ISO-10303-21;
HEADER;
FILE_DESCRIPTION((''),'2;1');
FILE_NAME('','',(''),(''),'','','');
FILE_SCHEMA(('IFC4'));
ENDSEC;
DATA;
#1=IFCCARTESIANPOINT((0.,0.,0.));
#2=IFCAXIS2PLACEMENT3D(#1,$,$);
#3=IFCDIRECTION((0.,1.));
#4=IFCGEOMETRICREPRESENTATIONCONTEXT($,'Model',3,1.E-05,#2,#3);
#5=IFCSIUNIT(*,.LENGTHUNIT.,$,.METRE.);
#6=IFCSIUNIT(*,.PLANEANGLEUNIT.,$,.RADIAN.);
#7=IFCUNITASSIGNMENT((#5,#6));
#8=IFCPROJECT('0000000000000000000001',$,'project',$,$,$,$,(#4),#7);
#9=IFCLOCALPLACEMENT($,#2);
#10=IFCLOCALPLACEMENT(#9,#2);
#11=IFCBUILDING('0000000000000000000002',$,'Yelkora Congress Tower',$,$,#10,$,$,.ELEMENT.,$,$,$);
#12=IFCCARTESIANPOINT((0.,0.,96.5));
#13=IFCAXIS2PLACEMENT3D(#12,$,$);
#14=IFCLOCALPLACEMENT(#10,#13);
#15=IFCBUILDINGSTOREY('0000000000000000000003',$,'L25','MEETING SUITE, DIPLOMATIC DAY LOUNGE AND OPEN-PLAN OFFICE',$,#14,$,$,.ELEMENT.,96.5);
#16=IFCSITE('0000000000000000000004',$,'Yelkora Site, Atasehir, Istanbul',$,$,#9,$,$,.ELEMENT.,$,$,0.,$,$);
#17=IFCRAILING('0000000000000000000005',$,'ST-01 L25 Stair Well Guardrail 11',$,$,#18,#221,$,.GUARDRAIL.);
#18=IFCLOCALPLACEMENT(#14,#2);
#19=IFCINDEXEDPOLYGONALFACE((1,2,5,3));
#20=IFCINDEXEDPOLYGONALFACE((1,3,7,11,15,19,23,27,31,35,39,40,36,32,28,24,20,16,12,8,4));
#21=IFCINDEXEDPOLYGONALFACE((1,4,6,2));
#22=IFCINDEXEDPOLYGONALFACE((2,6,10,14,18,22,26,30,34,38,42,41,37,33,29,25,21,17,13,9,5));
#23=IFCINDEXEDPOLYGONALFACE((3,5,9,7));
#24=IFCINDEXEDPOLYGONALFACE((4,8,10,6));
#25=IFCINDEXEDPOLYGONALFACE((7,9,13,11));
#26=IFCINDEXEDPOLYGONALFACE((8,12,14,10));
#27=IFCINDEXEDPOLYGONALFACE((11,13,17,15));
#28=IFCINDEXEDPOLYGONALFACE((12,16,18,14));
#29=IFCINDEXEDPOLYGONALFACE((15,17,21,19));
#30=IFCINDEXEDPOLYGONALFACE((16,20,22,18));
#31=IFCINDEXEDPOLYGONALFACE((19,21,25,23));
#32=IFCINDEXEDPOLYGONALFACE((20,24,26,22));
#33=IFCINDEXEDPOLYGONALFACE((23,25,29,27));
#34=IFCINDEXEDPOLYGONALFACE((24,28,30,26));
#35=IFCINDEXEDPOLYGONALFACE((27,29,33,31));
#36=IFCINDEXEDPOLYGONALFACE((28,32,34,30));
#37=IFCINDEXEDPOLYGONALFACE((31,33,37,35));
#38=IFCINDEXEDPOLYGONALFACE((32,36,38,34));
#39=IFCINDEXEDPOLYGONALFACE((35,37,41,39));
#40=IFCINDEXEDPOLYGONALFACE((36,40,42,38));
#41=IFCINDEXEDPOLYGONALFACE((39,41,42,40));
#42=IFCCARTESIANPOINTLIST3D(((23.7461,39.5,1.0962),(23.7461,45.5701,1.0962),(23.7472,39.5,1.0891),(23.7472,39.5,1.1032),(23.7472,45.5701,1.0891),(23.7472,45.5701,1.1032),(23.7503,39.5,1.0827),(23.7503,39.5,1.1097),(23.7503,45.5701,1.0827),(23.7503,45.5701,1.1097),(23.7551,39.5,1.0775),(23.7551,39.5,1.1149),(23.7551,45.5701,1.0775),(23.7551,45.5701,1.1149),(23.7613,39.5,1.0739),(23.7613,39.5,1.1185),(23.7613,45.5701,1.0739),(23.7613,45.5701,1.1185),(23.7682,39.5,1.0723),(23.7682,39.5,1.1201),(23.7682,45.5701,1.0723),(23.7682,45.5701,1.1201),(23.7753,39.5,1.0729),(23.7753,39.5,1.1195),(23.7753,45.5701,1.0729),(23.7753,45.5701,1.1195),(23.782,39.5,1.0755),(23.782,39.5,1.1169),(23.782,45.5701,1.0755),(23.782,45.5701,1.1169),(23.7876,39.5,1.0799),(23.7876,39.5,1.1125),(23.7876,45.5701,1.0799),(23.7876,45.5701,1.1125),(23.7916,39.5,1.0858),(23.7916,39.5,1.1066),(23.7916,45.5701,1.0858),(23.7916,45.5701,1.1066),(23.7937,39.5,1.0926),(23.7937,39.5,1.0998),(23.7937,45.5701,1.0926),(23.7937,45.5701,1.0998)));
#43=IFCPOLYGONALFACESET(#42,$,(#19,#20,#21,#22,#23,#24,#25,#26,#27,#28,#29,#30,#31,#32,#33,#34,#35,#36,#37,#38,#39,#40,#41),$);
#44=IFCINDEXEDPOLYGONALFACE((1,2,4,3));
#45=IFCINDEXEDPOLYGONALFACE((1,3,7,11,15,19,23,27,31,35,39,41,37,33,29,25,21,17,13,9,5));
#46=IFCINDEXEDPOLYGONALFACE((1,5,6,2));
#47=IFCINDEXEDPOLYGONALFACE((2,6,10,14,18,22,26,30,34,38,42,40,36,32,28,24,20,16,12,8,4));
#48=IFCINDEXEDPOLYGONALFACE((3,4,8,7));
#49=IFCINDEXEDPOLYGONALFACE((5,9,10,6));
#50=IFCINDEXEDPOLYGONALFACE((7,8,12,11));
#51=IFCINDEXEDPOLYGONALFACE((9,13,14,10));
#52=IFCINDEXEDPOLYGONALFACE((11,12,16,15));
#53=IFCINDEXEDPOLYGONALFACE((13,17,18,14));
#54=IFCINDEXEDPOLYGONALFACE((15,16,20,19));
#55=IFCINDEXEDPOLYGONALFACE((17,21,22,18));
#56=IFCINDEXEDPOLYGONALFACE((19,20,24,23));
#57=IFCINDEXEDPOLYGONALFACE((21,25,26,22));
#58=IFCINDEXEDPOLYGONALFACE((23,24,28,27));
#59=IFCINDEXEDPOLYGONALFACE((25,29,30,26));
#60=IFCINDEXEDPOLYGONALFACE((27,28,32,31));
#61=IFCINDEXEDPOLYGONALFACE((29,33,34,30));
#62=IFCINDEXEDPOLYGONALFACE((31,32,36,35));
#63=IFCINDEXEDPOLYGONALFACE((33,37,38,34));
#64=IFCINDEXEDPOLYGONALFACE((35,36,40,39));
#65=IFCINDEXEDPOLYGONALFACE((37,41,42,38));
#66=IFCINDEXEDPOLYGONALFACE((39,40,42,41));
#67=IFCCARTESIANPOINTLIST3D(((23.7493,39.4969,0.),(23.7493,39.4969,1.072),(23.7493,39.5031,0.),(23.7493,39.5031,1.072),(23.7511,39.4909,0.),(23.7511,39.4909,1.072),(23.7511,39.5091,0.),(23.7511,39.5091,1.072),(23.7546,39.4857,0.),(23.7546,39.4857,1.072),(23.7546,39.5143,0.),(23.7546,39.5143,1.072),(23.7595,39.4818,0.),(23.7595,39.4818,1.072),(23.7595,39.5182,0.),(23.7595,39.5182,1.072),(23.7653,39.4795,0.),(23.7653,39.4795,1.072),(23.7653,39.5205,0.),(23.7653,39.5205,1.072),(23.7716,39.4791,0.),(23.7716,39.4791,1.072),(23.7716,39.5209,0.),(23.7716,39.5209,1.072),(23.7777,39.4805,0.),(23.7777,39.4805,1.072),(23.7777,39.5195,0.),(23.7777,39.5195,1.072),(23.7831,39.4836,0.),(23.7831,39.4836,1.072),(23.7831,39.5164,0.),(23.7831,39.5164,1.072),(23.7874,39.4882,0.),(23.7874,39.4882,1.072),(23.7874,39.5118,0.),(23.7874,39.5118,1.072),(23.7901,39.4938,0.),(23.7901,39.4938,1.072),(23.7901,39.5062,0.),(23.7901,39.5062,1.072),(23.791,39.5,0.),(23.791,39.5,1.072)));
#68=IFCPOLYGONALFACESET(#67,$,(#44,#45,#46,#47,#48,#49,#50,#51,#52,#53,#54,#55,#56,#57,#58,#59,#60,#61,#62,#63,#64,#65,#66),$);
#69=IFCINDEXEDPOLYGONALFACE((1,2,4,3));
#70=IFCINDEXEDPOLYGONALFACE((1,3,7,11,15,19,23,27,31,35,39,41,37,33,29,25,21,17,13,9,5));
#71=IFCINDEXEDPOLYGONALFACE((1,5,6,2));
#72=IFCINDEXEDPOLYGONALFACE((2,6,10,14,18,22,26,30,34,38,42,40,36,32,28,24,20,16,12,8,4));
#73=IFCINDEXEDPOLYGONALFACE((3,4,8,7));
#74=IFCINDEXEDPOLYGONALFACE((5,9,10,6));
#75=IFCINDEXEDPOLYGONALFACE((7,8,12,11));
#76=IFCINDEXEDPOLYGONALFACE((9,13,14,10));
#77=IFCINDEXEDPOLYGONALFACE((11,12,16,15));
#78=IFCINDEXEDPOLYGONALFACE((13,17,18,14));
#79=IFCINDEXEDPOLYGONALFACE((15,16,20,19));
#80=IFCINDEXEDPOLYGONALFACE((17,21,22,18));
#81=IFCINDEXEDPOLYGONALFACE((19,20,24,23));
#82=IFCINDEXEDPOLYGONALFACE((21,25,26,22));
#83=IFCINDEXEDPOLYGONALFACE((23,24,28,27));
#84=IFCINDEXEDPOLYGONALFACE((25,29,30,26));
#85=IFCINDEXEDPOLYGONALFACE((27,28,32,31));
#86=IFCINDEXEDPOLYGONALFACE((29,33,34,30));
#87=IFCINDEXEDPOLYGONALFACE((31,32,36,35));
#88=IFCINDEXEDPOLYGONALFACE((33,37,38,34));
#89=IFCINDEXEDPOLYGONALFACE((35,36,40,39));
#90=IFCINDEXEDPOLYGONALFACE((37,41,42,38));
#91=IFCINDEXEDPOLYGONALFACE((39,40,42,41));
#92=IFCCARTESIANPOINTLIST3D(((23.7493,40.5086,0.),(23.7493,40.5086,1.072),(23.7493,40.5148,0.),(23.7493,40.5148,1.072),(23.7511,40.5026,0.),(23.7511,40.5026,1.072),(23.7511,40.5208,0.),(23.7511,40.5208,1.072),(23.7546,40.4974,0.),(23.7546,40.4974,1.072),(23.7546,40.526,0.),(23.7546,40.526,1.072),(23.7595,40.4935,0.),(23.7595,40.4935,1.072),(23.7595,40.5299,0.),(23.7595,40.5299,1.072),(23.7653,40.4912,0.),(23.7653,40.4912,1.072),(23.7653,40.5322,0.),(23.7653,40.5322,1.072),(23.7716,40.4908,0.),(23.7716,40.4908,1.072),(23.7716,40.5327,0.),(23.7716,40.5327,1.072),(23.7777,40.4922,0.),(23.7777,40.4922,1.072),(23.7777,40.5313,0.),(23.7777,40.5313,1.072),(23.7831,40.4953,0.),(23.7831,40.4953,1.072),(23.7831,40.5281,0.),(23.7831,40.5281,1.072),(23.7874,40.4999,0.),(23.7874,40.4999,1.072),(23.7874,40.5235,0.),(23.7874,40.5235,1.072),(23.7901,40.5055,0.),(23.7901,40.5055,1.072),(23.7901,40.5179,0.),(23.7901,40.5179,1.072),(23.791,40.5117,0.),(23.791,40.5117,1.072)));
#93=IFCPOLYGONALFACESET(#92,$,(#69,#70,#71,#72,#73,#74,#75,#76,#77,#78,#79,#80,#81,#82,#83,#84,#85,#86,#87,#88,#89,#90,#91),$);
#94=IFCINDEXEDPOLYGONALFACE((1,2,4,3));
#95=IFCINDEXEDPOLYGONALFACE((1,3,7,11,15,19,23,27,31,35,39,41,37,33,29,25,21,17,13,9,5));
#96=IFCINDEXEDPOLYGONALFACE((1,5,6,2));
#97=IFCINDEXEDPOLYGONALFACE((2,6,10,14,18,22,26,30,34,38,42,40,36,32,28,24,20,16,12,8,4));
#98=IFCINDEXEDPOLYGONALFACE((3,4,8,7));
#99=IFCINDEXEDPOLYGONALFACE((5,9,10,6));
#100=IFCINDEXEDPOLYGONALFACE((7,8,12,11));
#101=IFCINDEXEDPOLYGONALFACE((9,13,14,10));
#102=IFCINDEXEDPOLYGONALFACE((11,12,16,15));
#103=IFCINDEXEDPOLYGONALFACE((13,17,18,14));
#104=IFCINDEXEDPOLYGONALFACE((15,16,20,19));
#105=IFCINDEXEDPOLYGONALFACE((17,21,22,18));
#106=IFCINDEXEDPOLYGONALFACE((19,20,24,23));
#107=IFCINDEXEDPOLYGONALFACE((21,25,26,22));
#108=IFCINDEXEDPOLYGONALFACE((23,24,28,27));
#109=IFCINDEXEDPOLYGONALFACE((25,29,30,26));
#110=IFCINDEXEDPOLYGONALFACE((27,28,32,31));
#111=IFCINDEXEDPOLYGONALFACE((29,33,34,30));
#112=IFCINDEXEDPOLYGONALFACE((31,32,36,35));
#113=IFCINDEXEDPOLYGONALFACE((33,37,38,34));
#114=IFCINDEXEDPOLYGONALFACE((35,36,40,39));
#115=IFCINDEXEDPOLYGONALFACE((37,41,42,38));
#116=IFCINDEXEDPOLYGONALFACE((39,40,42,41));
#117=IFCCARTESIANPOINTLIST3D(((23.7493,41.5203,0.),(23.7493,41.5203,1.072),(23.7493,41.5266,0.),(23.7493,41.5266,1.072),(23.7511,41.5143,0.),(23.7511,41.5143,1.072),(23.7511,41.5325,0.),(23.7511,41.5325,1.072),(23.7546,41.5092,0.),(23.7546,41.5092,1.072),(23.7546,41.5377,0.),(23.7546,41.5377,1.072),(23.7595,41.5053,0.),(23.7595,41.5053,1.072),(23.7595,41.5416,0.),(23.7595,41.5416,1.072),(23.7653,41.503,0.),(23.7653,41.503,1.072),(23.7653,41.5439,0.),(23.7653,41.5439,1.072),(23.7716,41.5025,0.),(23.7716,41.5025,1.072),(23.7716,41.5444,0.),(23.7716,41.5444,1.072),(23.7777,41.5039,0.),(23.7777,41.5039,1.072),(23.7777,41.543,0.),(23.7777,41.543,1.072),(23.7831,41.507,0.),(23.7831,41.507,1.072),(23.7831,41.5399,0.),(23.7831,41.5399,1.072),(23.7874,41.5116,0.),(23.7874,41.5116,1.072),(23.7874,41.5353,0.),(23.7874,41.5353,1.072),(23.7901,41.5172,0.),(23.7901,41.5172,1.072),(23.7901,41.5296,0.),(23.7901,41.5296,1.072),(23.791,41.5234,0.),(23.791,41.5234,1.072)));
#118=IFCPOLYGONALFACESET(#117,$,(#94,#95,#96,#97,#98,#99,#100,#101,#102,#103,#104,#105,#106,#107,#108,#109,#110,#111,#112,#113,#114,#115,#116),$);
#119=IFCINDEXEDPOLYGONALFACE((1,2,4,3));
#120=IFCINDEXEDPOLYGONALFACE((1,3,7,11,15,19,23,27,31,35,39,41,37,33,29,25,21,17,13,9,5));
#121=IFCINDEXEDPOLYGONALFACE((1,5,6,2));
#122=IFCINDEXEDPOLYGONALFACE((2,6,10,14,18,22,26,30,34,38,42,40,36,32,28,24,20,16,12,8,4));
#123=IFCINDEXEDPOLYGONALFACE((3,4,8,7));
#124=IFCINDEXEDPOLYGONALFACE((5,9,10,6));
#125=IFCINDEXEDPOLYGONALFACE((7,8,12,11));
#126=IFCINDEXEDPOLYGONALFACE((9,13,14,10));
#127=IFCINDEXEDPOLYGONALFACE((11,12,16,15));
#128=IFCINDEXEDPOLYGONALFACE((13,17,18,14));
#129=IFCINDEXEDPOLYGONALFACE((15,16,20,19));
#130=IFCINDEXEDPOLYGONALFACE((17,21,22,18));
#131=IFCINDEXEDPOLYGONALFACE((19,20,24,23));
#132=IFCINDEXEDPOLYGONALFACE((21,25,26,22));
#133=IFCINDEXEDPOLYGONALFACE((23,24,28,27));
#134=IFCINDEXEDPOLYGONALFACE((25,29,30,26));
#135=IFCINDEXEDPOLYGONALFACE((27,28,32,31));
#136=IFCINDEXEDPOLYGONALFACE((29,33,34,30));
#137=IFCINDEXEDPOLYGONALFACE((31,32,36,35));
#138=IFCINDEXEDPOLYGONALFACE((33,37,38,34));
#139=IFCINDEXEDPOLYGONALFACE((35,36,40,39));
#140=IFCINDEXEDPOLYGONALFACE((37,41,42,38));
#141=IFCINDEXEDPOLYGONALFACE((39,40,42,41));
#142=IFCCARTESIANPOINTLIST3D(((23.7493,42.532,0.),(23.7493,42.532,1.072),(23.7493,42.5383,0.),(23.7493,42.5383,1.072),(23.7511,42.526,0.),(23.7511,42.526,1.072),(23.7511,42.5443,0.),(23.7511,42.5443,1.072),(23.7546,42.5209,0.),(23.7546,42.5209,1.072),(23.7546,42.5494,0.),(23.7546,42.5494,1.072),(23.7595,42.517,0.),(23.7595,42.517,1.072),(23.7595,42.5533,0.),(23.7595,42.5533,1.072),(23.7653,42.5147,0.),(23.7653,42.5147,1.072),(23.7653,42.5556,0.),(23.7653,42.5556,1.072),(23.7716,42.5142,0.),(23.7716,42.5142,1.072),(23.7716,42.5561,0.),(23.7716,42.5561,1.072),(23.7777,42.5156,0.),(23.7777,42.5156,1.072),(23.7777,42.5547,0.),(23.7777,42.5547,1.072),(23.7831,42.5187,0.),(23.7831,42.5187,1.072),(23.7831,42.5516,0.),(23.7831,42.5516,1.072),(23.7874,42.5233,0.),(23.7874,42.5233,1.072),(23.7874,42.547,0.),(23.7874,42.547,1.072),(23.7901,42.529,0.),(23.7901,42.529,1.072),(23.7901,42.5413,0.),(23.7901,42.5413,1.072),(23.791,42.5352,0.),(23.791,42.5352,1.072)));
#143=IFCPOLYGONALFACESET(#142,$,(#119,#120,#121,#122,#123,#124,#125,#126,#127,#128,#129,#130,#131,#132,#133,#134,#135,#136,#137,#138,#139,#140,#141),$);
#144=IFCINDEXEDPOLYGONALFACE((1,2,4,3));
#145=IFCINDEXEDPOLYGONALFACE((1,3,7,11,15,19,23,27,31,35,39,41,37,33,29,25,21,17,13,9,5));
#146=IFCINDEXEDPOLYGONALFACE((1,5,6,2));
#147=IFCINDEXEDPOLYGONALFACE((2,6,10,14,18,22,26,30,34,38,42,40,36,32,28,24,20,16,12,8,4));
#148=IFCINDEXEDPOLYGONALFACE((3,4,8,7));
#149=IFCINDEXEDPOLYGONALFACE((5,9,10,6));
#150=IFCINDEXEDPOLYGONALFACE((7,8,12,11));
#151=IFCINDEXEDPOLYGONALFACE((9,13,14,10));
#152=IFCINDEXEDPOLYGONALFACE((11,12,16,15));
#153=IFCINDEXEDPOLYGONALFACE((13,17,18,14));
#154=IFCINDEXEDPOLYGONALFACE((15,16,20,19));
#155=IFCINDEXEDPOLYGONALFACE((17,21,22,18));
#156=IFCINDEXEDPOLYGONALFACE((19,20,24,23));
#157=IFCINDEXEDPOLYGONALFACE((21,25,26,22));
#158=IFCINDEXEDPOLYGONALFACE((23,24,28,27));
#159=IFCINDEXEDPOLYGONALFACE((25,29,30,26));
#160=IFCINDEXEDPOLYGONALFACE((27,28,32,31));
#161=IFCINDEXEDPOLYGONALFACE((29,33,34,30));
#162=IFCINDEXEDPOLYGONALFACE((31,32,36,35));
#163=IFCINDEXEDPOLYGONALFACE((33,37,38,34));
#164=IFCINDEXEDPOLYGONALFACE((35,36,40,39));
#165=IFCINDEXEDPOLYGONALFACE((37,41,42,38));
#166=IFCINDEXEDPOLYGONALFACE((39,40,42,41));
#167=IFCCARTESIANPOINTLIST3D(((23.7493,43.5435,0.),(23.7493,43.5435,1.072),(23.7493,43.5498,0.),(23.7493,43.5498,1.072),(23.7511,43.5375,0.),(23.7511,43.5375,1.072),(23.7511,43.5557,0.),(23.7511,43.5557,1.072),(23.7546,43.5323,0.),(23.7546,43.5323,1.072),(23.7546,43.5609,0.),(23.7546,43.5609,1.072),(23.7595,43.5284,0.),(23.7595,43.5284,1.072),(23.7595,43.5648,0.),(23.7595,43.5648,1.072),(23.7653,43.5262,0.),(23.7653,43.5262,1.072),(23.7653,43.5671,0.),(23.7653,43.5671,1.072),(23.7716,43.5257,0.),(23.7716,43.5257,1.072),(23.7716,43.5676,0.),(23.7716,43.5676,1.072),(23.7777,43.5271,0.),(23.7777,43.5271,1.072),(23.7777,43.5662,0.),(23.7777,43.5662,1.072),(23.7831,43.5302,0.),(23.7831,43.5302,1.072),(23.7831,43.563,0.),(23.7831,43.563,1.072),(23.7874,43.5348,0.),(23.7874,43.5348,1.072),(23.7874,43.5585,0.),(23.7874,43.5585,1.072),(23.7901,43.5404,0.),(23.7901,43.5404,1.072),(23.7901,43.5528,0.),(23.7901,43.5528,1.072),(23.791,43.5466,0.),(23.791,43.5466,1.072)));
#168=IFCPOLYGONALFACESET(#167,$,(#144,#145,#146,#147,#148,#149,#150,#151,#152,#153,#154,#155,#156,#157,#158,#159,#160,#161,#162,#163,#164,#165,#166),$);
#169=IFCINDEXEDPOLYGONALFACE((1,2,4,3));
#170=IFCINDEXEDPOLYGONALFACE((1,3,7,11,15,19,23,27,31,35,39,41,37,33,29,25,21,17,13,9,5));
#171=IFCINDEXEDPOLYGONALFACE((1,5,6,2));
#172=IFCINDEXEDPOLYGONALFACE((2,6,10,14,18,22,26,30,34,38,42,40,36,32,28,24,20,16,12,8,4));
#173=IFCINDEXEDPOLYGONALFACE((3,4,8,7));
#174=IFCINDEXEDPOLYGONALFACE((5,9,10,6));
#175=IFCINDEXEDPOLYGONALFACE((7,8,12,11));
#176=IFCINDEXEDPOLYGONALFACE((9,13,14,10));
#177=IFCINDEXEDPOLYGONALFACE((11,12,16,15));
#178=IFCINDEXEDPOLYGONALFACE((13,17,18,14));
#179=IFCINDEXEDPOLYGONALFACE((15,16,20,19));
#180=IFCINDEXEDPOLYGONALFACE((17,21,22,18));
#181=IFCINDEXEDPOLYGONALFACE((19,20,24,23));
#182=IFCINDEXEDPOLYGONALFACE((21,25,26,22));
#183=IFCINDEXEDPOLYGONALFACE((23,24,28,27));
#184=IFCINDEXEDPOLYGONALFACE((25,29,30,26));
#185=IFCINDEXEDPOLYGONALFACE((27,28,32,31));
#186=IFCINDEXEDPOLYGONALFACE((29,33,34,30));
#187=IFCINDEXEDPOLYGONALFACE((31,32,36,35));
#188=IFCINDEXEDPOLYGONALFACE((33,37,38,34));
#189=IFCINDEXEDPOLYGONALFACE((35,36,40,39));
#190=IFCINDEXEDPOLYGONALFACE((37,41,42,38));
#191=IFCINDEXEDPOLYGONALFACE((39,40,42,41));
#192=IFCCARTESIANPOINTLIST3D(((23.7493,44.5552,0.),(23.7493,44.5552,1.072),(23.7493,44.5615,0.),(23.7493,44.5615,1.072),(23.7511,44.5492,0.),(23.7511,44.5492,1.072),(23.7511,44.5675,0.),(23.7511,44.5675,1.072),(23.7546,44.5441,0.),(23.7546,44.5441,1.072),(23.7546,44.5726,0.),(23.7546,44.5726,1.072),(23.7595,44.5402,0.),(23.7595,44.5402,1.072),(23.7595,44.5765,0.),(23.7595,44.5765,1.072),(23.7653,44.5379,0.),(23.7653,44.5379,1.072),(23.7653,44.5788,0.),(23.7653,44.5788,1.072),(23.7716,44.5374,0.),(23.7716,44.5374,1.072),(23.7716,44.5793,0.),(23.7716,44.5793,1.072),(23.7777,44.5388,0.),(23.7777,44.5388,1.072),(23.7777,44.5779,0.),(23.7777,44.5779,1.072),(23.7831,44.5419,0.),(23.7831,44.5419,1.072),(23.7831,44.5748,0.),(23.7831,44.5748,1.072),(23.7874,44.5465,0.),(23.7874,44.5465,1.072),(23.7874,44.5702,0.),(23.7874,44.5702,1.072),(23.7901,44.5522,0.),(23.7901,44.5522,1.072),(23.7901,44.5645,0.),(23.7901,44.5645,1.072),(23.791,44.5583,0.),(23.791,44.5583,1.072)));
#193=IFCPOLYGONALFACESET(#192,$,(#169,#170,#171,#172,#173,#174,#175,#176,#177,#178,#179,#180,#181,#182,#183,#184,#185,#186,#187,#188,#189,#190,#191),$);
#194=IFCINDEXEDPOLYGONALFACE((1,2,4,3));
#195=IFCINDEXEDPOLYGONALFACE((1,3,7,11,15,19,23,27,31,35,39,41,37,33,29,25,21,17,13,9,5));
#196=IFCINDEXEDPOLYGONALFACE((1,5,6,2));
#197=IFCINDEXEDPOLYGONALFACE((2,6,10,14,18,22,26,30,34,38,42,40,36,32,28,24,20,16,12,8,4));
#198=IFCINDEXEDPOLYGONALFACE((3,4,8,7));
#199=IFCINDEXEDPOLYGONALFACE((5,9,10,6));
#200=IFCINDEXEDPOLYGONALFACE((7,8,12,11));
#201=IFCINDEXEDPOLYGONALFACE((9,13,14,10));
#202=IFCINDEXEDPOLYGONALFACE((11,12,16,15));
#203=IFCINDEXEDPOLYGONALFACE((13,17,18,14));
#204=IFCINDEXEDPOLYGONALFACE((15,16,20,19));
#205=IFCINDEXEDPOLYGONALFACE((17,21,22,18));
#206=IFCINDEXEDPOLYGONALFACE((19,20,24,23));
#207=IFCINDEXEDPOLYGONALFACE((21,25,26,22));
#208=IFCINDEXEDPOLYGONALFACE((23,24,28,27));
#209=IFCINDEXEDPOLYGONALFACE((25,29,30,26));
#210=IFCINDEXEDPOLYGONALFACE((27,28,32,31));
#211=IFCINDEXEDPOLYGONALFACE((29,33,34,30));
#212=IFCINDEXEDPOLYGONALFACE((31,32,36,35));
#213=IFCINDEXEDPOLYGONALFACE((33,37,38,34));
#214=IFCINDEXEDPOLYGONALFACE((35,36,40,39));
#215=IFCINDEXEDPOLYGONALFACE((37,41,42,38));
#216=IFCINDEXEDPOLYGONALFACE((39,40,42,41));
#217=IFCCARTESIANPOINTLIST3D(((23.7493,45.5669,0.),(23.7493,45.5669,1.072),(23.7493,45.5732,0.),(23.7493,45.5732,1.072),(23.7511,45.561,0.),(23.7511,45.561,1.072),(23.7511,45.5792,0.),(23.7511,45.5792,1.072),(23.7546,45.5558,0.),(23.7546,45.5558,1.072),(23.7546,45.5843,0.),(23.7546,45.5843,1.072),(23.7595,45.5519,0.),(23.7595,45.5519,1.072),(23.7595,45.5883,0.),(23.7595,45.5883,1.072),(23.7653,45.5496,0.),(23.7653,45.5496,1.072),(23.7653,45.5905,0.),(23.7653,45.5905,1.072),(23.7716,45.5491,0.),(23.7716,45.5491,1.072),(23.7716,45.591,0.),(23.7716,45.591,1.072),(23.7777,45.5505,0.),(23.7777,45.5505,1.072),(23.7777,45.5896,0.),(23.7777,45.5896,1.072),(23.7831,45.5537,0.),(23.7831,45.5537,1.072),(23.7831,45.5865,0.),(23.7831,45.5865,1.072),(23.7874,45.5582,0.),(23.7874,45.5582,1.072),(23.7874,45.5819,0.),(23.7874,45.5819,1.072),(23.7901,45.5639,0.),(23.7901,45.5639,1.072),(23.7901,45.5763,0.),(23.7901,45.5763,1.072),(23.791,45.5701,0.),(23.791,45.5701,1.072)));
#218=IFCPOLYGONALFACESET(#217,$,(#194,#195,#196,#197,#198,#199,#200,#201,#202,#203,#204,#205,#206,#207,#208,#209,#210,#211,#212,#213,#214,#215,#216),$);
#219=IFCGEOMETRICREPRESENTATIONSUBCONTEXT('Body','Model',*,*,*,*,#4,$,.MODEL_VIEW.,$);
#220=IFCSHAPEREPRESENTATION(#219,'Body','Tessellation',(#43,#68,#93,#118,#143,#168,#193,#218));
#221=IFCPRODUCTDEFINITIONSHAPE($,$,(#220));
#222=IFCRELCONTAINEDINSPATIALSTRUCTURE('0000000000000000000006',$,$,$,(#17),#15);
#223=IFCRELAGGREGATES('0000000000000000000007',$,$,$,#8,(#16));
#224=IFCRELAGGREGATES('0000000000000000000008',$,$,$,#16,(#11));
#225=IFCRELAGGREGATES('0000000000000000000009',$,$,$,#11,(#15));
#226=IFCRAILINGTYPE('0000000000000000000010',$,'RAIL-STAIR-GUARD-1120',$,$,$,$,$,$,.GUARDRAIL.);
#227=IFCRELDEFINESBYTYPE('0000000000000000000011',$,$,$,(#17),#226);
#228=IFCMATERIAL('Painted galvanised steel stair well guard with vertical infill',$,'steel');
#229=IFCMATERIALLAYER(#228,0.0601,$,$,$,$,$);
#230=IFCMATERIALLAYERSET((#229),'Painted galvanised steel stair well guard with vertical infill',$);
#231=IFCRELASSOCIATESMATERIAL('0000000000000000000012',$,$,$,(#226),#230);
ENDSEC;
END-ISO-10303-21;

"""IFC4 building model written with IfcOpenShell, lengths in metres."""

from ifc_helpers import new_model, si_unit, direction, frame, origin, origin_2d, place, context, subcontext, project, spatial, circle, extrude, material, layer, layer_set, type_object, element, save


model = new_model("IFC4")

# Units and contexts
model_context = context("Model", 3, precision=1e-05, world=origin(), true_north=direction((0.0, 1.0)))
body_context = subcontext(model_context, "Body", "Model", "MODEL_VIEW")
ifc_project = project(units=[si_unit("LENGTHUNIT", "METRE"), si_unit("PLANEANGLEUNIT", "RADIAN")], contexts=[model_context])

# Site, building, storey
site_placement = place(None, origin())
site = spatial("IfcSite", under=ifc_project, at=site_placement, Name="Yelkora Site, Atasehir, Istanbul", CompositionType="ELEMENT", RefElevation=0.0)
building_placement = place(site_placement, origin())
building = spatial("IfcBuilding", under=site, at=building_placement, Name="Yelkora Congress Tower", CompositionType="ELEMENT")
storey_placement = place(building_placement, frame((0.0, 0.0, 96.5)))
storey = spatial("IfcBuildingStorey", under=building, at=storey_placement, Name="L25", Description="MEETING SUITE, DIPLOMATIC DAY LOUNGE AND OPEN-PLAN OFFICE", CompositionType="ELEMENT", Elevation=96.5)

# Railing
ifc_material_1 = material(Name="Painted galvanised steel stair well guard with vertical infill", Category="steel")
ifc_layer_1 = layer(ifc_material_1, 0.0601)
ifc_layer_set_1 = layer_set([ifc_layer_1], Name="Painted galvanised steel stair well guard with vertical infill")
railing_type_1 = type_object("IfcRailingType", Name="RAIL-STAIR-GUARD-1120", PredefinedType="GUARDRAIL", material=ifc_layer_set_1)
railing_1_placement = place(storey_placement, frame((23.77, 39.5, 0.0)))
element("IfcRailing", 1, at=railing_1_placement, inside=storey, type_object=railing_type_1, Name="ST-01 L25 Stair Well Guardrail 11", PredefinedType="GUARDRAIL", context=body_context, shape_type="SweptSolid", body=[
    extrude(circle(Radius=0.0239, at=origin_2d()), frame((0.0, 0.0, 1.0962), z_axis=(0.0, 1.0, 0.0), x_axis=(-1.0, 0.0, 0.0)), (0.0, 0.0, 1.0), 6.0701),
    extrude(circle(Radius=0.021, at=origin_2d()), origin(), (0.0, 0.0, 1.0), 1.072),
    extrude(circle(Radius=0.021, at=origin_2d()), frame((0.0, 1.0117, 0.0)), (0.0, 0.0, 1.0), 1.072),
    extrude(circle(Radius=0.021, at=origin_2d()), frame((0.0, 2.0234, 0.0)), (0.0, 0.0, 1.0), 1.072),
    extrude(circle(Radius=0.021, at=origin_2d()), frame((0.0, 3.0352, 0.0)), (0.0, 0.0, 1.0), 1.072),
    extrude(circle(Radius=0.021, at=origin_2d()), frame((0.0, 4.0466, 0.0)), (0.0, 0.0, 1.0), 1.072),
    extrude(circle(Radius=0.021, at=origin_2d()), frame((0.0, 5.0583, 0.0)), (0.0, 0.0, 1.0), 1.072),
    extrude(circle(Radius=0.021, at=origin_2d()), frame((0.0, 6.0701, 0.0)), (0.0, 0.0, 1.0), 1.072),
])

save(model, "model.ifc")
